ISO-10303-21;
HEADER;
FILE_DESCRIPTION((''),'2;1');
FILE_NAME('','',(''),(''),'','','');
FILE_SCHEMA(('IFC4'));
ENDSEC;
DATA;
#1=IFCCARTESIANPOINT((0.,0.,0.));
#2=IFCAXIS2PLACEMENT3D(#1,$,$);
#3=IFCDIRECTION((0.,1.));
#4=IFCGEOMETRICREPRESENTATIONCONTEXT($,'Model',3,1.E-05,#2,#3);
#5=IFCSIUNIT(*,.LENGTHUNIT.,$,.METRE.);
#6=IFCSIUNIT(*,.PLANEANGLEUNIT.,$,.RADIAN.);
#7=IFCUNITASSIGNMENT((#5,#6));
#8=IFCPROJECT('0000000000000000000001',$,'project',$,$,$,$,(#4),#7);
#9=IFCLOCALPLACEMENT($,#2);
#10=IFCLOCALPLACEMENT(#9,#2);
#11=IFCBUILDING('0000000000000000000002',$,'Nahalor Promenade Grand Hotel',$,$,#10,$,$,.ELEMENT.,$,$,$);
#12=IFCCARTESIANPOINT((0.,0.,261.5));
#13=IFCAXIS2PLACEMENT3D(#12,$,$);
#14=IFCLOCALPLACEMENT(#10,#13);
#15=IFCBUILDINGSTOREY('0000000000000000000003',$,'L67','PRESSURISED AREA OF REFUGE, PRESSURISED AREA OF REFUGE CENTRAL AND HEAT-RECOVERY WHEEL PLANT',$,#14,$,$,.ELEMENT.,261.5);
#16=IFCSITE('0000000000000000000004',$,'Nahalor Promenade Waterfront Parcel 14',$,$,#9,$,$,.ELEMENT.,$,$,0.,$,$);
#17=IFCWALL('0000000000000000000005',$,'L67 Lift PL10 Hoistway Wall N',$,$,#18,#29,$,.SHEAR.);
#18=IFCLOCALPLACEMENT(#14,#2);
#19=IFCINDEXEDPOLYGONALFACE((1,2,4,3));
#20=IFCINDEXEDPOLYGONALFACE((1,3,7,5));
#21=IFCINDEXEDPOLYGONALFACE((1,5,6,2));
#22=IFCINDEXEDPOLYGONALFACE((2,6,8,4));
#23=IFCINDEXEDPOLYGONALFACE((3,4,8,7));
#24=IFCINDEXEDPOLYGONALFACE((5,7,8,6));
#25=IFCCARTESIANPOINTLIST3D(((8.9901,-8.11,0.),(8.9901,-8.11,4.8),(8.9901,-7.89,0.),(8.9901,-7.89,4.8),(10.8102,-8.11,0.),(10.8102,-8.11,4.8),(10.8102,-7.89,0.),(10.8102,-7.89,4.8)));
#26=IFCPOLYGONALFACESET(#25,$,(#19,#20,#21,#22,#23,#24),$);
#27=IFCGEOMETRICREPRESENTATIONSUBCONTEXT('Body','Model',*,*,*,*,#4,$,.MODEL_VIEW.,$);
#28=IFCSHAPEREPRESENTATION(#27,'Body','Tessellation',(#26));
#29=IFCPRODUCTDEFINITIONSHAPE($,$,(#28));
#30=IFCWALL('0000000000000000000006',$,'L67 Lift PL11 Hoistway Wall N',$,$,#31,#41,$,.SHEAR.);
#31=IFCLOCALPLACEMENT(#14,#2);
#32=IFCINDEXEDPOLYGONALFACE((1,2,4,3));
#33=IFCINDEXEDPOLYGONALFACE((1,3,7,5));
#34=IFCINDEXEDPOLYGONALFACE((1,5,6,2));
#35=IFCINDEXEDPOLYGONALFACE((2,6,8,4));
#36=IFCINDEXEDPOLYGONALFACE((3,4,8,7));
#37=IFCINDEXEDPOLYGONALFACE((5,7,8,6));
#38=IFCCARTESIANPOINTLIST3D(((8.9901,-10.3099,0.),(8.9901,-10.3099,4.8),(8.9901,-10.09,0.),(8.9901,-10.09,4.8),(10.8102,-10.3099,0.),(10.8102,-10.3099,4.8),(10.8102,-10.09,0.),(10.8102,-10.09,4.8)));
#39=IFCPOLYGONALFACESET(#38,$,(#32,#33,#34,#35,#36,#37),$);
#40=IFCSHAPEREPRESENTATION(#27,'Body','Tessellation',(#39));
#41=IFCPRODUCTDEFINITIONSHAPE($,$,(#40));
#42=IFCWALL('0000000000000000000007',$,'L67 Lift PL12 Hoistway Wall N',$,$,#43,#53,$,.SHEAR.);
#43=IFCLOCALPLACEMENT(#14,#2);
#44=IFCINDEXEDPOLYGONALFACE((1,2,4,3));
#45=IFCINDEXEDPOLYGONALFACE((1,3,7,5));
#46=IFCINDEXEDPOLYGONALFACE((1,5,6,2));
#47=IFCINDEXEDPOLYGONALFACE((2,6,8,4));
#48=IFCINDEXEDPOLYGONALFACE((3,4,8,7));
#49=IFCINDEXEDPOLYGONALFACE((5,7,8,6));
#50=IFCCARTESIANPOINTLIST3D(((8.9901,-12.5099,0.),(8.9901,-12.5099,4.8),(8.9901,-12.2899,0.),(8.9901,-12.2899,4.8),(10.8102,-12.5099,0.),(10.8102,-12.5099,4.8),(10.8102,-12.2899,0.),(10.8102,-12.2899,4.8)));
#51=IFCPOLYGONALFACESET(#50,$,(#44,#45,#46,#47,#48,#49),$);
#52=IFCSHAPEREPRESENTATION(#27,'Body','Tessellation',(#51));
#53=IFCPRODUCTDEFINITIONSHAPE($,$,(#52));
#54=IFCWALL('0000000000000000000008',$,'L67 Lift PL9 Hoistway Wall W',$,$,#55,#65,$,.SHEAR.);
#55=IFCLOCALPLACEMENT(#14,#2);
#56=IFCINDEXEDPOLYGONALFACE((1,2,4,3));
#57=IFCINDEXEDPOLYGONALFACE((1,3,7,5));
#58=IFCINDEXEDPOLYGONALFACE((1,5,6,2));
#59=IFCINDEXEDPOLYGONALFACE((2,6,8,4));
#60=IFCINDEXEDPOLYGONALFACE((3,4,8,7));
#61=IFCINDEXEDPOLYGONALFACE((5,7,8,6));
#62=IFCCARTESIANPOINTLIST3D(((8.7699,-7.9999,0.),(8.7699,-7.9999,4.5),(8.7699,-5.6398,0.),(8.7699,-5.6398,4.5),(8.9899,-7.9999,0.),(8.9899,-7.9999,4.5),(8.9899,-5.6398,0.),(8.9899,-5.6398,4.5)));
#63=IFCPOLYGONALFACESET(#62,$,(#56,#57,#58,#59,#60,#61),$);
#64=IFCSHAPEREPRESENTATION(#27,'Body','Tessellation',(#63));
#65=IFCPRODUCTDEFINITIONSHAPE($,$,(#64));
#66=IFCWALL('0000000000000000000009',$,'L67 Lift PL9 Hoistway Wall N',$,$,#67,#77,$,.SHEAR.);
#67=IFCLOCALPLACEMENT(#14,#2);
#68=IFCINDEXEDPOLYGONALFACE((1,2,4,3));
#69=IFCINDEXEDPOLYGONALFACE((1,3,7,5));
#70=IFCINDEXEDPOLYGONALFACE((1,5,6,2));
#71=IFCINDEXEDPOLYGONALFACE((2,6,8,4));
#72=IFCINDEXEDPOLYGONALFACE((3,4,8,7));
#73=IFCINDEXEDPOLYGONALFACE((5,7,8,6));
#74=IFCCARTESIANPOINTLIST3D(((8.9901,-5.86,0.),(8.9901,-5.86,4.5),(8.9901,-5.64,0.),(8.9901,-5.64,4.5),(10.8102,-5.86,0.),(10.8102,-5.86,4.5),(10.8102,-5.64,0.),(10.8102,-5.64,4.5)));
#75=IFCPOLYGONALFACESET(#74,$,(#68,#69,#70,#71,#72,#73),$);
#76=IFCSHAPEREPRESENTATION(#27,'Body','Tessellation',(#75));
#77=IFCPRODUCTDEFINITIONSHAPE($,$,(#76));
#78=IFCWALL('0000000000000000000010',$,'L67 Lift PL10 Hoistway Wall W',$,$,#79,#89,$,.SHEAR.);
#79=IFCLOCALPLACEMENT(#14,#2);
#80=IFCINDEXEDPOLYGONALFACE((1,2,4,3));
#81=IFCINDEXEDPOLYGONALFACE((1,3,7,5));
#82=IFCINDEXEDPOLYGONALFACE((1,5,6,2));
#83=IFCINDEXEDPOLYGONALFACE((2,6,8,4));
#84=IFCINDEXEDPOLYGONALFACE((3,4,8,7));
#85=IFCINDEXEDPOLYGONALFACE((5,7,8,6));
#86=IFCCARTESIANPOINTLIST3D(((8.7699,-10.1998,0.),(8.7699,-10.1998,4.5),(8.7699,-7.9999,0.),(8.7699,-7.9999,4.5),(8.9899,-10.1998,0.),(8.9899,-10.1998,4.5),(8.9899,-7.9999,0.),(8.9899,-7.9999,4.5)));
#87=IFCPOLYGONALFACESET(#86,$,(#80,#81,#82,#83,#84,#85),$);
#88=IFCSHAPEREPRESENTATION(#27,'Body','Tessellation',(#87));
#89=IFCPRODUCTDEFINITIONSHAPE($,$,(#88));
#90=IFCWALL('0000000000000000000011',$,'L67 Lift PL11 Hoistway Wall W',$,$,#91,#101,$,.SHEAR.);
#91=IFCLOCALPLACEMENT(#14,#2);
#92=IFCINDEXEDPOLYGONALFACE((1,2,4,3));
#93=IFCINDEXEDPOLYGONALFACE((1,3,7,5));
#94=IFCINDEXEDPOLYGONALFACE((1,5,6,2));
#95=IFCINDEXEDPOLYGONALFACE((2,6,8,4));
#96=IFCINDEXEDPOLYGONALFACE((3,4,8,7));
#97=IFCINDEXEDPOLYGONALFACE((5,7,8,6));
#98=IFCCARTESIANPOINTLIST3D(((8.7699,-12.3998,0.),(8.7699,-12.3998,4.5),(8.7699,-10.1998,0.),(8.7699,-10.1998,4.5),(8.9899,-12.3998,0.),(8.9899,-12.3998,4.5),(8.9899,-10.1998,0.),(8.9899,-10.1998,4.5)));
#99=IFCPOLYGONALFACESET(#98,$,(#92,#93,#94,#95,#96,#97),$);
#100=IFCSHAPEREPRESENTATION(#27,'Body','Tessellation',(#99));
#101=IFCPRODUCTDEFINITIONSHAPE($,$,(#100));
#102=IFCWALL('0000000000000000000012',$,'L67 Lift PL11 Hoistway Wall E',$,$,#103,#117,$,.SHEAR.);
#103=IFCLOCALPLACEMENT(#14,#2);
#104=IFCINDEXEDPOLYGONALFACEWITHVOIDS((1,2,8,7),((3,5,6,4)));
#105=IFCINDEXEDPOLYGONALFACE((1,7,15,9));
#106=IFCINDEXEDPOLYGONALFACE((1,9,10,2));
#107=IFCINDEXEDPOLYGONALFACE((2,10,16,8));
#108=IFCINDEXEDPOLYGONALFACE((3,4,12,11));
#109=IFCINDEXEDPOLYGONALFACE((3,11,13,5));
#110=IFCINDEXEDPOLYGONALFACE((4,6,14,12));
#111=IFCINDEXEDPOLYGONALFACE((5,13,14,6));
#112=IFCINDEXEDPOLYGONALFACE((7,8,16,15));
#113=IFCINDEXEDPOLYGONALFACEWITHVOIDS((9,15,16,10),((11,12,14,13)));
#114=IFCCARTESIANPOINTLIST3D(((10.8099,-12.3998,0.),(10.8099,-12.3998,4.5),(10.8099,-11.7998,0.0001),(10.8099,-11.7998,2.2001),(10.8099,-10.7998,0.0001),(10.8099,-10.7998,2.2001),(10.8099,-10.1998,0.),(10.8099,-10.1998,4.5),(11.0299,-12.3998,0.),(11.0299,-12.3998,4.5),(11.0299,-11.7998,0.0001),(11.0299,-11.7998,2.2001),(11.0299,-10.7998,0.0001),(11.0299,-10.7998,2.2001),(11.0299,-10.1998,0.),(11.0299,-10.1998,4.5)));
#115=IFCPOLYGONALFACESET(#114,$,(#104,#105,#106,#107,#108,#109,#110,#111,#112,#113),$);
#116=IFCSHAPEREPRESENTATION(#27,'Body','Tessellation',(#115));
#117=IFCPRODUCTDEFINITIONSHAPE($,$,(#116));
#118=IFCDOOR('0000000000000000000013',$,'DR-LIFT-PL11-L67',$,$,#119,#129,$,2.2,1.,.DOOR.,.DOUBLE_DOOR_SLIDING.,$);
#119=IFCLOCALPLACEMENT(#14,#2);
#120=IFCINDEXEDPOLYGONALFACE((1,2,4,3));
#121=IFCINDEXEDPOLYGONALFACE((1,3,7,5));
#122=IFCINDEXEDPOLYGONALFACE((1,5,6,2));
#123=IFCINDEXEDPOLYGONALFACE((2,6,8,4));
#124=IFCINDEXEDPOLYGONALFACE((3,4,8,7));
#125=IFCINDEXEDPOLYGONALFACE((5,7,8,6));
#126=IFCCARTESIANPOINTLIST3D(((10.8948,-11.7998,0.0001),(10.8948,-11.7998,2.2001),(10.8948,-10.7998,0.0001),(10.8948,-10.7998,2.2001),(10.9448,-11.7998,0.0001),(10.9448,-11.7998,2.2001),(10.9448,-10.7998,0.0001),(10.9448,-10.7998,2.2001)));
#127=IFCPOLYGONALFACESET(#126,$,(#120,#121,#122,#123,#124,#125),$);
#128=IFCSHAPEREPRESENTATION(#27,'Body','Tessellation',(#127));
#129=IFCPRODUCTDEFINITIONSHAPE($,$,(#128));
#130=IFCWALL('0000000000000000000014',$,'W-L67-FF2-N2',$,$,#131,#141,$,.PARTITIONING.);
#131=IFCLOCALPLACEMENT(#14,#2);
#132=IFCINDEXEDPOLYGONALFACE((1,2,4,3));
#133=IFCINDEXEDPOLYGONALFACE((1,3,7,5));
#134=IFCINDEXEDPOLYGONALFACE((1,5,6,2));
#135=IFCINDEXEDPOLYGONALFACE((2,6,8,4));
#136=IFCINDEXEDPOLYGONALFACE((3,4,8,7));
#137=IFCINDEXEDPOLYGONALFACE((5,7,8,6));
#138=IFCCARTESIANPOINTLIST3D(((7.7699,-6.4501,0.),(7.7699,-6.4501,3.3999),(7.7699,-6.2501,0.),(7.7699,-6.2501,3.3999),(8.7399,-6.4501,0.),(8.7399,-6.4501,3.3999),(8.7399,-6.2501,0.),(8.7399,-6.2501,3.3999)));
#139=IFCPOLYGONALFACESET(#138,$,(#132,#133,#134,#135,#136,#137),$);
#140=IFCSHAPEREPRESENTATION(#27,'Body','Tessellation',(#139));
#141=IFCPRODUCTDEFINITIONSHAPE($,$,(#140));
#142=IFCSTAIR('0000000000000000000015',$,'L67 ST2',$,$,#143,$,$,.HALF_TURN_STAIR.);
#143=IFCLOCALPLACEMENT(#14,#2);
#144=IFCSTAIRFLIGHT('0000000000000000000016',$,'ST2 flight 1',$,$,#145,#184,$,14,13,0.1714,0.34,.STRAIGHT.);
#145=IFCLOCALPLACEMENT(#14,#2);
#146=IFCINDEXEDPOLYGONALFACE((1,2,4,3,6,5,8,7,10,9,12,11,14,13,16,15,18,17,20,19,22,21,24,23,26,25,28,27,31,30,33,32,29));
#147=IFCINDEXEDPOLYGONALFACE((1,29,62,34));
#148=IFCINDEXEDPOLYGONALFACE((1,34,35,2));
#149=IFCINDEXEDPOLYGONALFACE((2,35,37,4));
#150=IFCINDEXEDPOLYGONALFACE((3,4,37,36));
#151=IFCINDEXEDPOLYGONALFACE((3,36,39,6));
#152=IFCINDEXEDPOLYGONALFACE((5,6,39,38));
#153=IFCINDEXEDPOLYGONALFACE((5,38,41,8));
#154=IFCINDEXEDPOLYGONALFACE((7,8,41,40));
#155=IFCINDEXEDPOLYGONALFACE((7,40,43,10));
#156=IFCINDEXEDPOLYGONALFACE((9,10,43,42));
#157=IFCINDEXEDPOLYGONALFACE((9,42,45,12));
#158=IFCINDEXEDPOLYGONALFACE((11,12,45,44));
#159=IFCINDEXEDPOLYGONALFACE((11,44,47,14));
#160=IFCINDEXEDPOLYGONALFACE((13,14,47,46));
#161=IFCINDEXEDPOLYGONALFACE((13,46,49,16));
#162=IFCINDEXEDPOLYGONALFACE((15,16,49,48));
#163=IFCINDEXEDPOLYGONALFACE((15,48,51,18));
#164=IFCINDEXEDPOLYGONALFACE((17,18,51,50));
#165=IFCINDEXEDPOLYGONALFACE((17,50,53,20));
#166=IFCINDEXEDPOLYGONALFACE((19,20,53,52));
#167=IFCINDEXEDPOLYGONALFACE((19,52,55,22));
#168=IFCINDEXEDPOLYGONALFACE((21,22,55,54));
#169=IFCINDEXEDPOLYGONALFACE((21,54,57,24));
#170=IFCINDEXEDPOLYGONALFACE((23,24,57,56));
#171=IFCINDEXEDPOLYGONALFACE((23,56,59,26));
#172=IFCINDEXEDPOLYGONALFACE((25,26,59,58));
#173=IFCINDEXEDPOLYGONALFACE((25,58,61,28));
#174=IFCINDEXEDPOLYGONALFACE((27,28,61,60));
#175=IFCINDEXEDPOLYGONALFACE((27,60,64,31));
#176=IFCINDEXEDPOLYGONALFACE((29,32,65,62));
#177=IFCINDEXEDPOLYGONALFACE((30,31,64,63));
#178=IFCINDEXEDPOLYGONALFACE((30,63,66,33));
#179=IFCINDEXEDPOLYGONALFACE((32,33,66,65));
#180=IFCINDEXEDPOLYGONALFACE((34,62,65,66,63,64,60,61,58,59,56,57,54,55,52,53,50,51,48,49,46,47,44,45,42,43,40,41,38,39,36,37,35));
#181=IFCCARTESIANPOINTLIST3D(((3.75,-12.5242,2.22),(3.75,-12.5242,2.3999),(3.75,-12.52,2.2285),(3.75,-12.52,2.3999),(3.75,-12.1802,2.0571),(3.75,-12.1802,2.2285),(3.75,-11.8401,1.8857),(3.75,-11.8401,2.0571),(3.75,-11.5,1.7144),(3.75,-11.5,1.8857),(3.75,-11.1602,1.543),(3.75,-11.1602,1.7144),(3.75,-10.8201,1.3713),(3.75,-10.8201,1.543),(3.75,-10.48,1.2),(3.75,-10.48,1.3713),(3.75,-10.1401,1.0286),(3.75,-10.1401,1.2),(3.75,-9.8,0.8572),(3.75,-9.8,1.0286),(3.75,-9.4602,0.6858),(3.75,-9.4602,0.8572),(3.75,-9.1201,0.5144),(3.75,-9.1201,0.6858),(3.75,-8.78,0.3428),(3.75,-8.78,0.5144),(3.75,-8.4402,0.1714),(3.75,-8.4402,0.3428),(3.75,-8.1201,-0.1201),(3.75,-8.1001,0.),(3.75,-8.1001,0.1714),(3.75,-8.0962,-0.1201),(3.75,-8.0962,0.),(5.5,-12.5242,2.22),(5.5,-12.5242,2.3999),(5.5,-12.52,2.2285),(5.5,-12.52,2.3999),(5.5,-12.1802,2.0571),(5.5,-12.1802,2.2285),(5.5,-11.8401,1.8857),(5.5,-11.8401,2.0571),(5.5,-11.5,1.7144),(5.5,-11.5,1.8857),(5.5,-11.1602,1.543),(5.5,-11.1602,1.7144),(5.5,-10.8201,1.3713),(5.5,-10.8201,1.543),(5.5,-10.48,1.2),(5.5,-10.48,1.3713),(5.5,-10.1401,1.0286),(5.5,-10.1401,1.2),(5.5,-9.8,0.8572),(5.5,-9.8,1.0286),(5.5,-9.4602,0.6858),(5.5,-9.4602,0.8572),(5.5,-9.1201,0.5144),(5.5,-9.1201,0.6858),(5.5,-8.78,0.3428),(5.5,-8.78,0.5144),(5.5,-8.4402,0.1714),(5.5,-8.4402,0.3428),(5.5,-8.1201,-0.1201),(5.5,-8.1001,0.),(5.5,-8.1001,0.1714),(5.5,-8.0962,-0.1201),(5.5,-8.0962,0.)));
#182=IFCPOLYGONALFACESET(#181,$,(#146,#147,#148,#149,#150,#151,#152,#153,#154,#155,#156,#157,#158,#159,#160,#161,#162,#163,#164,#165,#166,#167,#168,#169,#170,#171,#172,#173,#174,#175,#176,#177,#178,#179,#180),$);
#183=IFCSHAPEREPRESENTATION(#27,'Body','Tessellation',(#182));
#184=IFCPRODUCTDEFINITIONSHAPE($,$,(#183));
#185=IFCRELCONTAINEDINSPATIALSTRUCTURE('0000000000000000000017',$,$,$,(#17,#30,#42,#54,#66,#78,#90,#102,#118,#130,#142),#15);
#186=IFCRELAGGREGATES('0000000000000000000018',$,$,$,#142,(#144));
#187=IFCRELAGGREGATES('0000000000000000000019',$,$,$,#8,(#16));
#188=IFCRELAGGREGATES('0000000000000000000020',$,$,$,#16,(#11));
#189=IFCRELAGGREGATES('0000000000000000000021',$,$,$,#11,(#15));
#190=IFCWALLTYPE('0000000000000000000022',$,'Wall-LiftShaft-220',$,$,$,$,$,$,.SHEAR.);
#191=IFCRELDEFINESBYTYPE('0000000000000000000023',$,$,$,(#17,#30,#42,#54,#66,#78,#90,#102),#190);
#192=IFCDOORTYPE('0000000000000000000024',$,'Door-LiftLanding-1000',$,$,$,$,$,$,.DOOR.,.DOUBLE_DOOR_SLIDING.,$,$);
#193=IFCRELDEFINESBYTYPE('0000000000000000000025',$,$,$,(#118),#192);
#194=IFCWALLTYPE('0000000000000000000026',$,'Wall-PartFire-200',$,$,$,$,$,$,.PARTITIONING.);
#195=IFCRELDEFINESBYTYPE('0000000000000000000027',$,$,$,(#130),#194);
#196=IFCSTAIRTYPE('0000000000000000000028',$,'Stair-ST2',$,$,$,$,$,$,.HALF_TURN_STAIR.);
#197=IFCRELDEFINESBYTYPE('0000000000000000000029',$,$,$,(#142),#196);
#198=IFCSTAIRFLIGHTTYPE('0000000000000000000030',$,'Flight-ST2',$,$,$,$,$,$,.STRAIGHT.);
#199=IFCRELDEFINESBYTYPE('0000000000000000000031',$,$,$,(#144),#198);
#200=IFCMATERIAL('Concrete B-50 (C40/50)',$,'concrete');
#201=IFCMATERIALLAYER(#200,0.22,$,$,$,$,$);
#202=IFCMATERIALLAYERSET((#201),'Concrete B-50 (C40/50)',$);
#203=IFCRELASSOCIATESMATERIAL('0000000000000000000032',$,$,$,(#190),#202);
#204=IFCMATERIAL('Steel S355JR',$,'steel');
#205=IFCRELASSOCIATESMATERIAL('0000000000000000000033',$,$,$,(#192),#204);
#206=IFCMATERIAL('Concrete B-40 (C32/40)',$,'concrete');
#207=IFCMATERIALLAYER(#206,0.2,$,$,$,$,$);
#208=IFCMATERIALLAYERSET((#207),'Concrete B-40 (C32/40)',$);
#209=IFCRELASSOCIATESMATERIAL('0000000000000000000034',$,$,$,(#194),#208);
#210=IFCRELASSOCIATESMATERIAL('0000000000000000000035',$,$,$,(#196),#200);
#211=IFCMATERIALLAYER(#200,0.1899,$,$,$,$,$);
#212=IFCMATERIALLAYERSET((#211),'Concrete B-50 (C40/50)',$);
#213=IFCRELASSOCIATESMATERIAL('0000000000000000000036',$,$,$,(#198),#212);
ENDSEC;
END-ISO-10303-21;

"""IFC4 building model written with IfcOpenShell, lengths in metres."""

from ifc_helpers import new_model, si_unit, direction, frame, frame_2d, origin, place, context, subcontext, project, spatial, polyline, rectangle, outline, extrude, source, transform, mapped, material, layer, layer_set, type_object, element, fill, aggregate, save


model = new_model("IFC4")

# Units and contexts
model_context = context("Model", 3, precision=1e-05, world=origin(), true_north=direction((0.0, 1.0)))
body_context = subcontext(model_context, "Body", "Model", "MODEL_VIEW")
ifc_project = project(units=[si_unit("LENGTHUNIT", "METRE"), si_unit("PLANEANGLEUNIT", "RADIAN")], contexts=[model_context])

# Site, building, storey
site_placement = place(None, origin())
site = spatial("IfcSite", under=ifc_project, at=site_placement, Name="Nahalor Promenade Waterfront Parcel 14", CompositionType="ELEMENT", RefElevation=0.0)
building_placement = place(site_placement, origin())
building = spatial("IfcBuilding", under=site, at=building_placement, Name="Nahalor Promenade Grand Hotel", CompositionType="ELEMENT")
storey_placement = place(building_placement, frame((0.0, 0.0, 261.5)))
storey = spatial("IfcBuildingStorey", under=building, at=storey_placement, Name="L67", Description="PRESSURISED AREA OF REFUGE, PRESSURISED AREA OF REFUGE CENTRAL AND HEAT-RECOVERY WHEEL PLANT", CompositionType="ELEMENT", Elevation=261.5)

# Shared definitions
ifc_material_1 = material(Name="Steel S355JR", Category="steel")

# Walls
ifc_material_2 = material(Name="Concrete B-50 (C40/50)", Category="concrete")
ifc_layer_1 = layer(ifc_material_2, 0.22)
ifc_layer_set_1 = layer_set([ifc_layer_1], Name="Concrete B-50 (C40/50)")
wall_type_1 = type_object("IfcWallType", Name="Wall-LiftShaft-220", PredefinedType="SHEAR", material=ifc_layer_set_1)
shared_shape_1 = source(origin(), body_context, "Body", "SweptSolid", [
    extrude(rectangle(XDim=1.8201, YDim=0.22, at=frame_2d((0.9102, 0.0))), origin(), (0.0, 0.0, 1.0), 4.8),
])
for number, where, z_axis, x_axis, name in (
    (1, (8.99, -8.0, 0.0), (0.0, 0.0, 1.0), (1.0, 0.0, 0.0), "L67 Lift PL10 Hoistway Wall N"),
    (2, (8.99, -10.2, 0.0), (0.0, 0.0, 1.0), (1.0, 0.0, 0.0), "L67 Lift PL11 Hoistway Wall N"),
    (3, (8.99, -12.3999, 0.0), (0.0, 0.0, 1.0), (1.0, 0.0, 0.0), "L67 Lift PL12 Hoistway Wall N"),
):
    element("IfcWall", number, at=place(storey_placement, frame(where, z_axis=z_axis, x_axis=x_axis)), inside=storey, type_object=wall_type_1, Name=name, PredefinedType="SHEAR", context=body_context, shape_type="MappedRepresentation", body=[
        mapped(shared_shape_1, transform((0.0, 0.0, 0.0), scale=1.0)),
    ])
shared_shape_2 = source(origin(), body_context, "Body", "SweptSolid", [
    extrude(rectangle(XDim=2.3601, YDim=0.22, at=frame_2d((1.1802, 0.0))), origin(), (0.0, 0.0, 1.0), 4.5),
])
wall_1_placement = place(storey_placement, frame((8.8799, -8.0, 0.0), z_axis=(0.0, 0.0, 1.0), x_axis=(0.0, 1.0, 0.0)))
element("IfcWall", 4, at=wall_1_placement, inside=storey, type_object=wall_type_1, Name="L67 Lift PL9 Hoistway Wall W", PredefinedType="SHEAR", context=body_context, shape_type="MappedRepresentation", body=[
    mapped(shared_shape_2, transform((0.0, 0.0, 0.0), scale=1.0)),
])
shared_shape_3 = source(origin(), body_context, "Body", "SweptSolid", [
    extrude(rectangle(XDim=1.8201, YDim=0.22, at=frame_2d((0.9102, 0.0))), origin(), (0.0, 0.0, 1.0), 4.5),
])
wall_2_placement = place(storey_placement, frame((8.99, -5.75, 0.0), z_axis=(0.0, 0.0, 1.0), x_axis=(1.0, 0.0, 0.0)))
element("IfcWall", 5, at=wall_2_placement, inside=storey, type_object=wall_type_1, Name="L67 Lift PL9 Hoistway Wall N", PredefinedType="SHEAR", context=body_context, shape_type="MappedRepresentation", body=[
    mapped(shared_shape_3, transform((0.0, 0.0, 0.0), scale=1.0)),
])
shared_shape_4 = source(origin(), body_context, "Body", "SweptSolid", [
    extrude(rectangle(XDim=2.2, YDim=0.22, at=frame_2d((1.1001, 0.0))), origin(), (0.0, 0.0, 1.0), 4.5),
])
for number, where, z_axis, x_axis, name in (
    (6, (8.8799, -10.2, 0.0), (0.0, 0.0, 1.0), (0.0, 1.0, 0.0), "L67 Lift PL10 Hoistway Wall W"),
    (7, (8.8799, -12.3999, 0.0), (0.0, 0.0, 1.0), (0.0, 1.0, 0.0), "L67 Lift PL11 Hoistway Wall W"),
):
    element("IfcWall", number, at=place(storey_placement, frame(where, z_axis=z_axis, x_axis=x_axis)), inside=storey, type_object=wall_type_1, Name=name, PredefinedType="SHEAR", context=body_context, shape_type="MappedRepresentation", body=[
        mapped(shared_shape_4, transform((0.0, 0.0, 0.0), scale=1.0)),
    ])

# Wall, opening, door
wall_3_placement = place(storey_placement, frame((10.9199, -12.3999, 0.0), z_axis=(0.0, 0.0, 1.0), x_axis=(0.0, 1.0, 0.0)))
wall_3 = element("IfcWall", 8, at=wall_3_placement, inside=storey, type_object=wall_type_1, Name="L67 Lift PL11 Hoistway Wall E", PredefinedType="SHEAR", context=body_context, shape_type="MappedRepresentation", body=[
    mapped(shared_shape_4, transform((0.0, 0.0, 0.0), scale=1.0)),
])
opening_placement = place(wall_3_placement, frame((0.6001, 0.0, 0.0)))
opening = element("IfcOpeningElement", 9, at=opening_placement, cuts=wall_3, PredefinedType="OPENING", context=body_context, shape_type="SweptSolid", body=[
    extrude(rectangle(XDim=1.0, YDim=2.2, at=frame_2d((0.5, 1.1001))), frame((0.0, 0.1199, 0.0), z_axis=(0.0, -1.0, 0.0), x_axis=(1.0, 0.0, 0.0)), (0.0, 0.0, 1.0), 0.24),
])
door_type = type_object("IfcDoorType", Name="Door-LiftLanding-1000", OperationType="DOUBLE_DOOR_SLIDING", PredefinedType="DOOR", material=ifc_material_1)
shared_shape_5 = source(origin(), body_context, "Body", "SweptSolid", [
    extrude(rectangle(XDim=1.0, YDim=2.2, at=frame_2d((0.5, 1.1001))), frame((0.0, 0.0249, 0.0), z_axis=(0.0, -1.0, 0.0), x_axis=(1.0, 0.0, 0.0)), (0.0, 0.0, 1.0), 0.05),
])
door_placement = place(opening_placement, frame((1.0, 0.0, 0.0), z_axis=(0.0, 0.0, 1.0), x_axis=(-1.0, 0.0, 0.0)))
door = element("IfcDoor", 10, at=door_placement, inside=storey, type_object=door_type, Name="DR-LIFT-PL11-L67", OperationType="DOUBLE_DOOR_SLIDING", OverallHeight=2.2, OverallWidth=1.0, PredefinedType="DOOR", context=body_context, shape_type="MappedRepresentation", body=[
    mapped(shared_shape_5, transform((0.0, 0.0, 0.0), scale=1.0)),
])
fill(opening, door)

# Wall
ifc_material_3 = material(Name="Concrete B-40 (C32/40)", Category="concrete")
ifc_layer_2 = layer(ifc_material_3, 0.2)
ifc_layer_set_2 = layer_set([ifc_layer_2], Name="Concrete B-40 (C32/40)")
wall_type_2 = type_object("IfcWallType", Name="Wall-PartFire-200", PredefinedType="PARTITIONING", material=ifc_layer_set_2)
shared_shape_6 = source(origin(), body_context, "Body", "SweptSolid", [
    extrude(rectangle(XDim=0.97, YDim=0.2, at=frame_2d((0.4849, 0.0))), origin(), (0.0, 0.0, 1.0), 3.3999),
])
wall_4_placement = place(storey_placement, frame((7.77, -6.3501, 0.0), z_axis=(0.0, 0.0, 1.0), x_axis=(1.0, 0.0, 0.0)))
element("IfcWall", 11, at=wall_4_placement, inside=storey, type_object=wall_type_2, Name="W-L67-FF2-N2", PredefinedType="PARTITIONING", context=body_context, shape_type="MappedRepresentation", body=[
    mapped(shared_shape_6, transform((0.0, 0.0, 0.0), scale=1.0)),
])

# Stair, stair flight
stair_type = type_object("IfcStairType", Name="Stair-ST2", PredefinedType="HALF_TURN_STAIR", material=ifc_material_2)
stair_placement = place(storey_placement, origin())
stair = element("IfcStair", 12, at=stair_placement, inside=storey, type_object=stair_type, Name="L67 ST2", PredefinedType="HALF_TURN_STAIR")
ifc_layer_3 = layer(ifc_material_2, 0.1899)
ifc_layer_set_3 = layer_set([ifc_layer_3], Name="Concrete B-50 (C40/50)")
stair_flight_type = type_object("IfcStairFlightType", Name="Flight-ST2", PredefinedType="STRAIGHT", material=ifc_layer_set_3)
shared_shape_7 = source(origin(), body_context, "Body", "SweptSolid", [
    extrude(outline(polyline([(-0.0039, -0.1201), (-0.0039, 0.0), (0.0, 0.0), (0.0, 0.1714), (0.3401, 0.1714), (0.3401, 0.3428), (0.6799, 0.3428), (0.6799, 0.5144), (1.02, 0.5144), (1.02, 0.6858), (1.3601, 0.6858), (1.3601, 0.8572), (1.7, 0.8572), (1.7, 1.0286), (2.04, 1.0286), (2.04, 1.2), (2.3799, 1.2), (2.3799, 1.3713), (2.72, 1.3713), (2.72, 1.543), (3.0601, 1.543), (3.0601, 1.7144), (3.3999, 1.7144), (3.3999, 1.8857), (3.74, 1.8857), (3.74, 2.0571), (4.0801, 2.0571), (4.0801, 2.2285), (4.4199, 2.2285), (4.4199, 2.3999), (4.4241, 2.3999), (4.4241, 2.22), (0.02, -0.1201), (-0.0039, -0.1201)])), frame((0.0, 0.875, 0.0), z_axis=(0.0, -1.0, 0.0), x_axis=(1.0, 0.0, 0.0)), (0.0, 0.0, 1.0), 1.75),
])
stair_flight_1_placement = place(storey_placement, frame((4.625, -8.1001, 0.0), z_axis=(0.0, 0.0, 1.0), x_axis=(0.0, -1.0, 0.0)))
stair_flight_1 = element("IfcStairFlight", 13, at=stair_flight_1_placement, type_object=stair_flight_type, Name="ST2 flight 1", NumberOfRisers=14, NumberOfTreads=13, PredefinedType="STRAIGHT", RiserHeight=0.1714, TreadLength=0.34, context=body_context, shape_type="MappedRepresentation", body=[
    mapped(shared_shape_7, transform((0.0, 0.0, 0.0), scale=1.0)),
])
aggregate(stair, [stair_flight_1])

save(model, "model.ifc")
